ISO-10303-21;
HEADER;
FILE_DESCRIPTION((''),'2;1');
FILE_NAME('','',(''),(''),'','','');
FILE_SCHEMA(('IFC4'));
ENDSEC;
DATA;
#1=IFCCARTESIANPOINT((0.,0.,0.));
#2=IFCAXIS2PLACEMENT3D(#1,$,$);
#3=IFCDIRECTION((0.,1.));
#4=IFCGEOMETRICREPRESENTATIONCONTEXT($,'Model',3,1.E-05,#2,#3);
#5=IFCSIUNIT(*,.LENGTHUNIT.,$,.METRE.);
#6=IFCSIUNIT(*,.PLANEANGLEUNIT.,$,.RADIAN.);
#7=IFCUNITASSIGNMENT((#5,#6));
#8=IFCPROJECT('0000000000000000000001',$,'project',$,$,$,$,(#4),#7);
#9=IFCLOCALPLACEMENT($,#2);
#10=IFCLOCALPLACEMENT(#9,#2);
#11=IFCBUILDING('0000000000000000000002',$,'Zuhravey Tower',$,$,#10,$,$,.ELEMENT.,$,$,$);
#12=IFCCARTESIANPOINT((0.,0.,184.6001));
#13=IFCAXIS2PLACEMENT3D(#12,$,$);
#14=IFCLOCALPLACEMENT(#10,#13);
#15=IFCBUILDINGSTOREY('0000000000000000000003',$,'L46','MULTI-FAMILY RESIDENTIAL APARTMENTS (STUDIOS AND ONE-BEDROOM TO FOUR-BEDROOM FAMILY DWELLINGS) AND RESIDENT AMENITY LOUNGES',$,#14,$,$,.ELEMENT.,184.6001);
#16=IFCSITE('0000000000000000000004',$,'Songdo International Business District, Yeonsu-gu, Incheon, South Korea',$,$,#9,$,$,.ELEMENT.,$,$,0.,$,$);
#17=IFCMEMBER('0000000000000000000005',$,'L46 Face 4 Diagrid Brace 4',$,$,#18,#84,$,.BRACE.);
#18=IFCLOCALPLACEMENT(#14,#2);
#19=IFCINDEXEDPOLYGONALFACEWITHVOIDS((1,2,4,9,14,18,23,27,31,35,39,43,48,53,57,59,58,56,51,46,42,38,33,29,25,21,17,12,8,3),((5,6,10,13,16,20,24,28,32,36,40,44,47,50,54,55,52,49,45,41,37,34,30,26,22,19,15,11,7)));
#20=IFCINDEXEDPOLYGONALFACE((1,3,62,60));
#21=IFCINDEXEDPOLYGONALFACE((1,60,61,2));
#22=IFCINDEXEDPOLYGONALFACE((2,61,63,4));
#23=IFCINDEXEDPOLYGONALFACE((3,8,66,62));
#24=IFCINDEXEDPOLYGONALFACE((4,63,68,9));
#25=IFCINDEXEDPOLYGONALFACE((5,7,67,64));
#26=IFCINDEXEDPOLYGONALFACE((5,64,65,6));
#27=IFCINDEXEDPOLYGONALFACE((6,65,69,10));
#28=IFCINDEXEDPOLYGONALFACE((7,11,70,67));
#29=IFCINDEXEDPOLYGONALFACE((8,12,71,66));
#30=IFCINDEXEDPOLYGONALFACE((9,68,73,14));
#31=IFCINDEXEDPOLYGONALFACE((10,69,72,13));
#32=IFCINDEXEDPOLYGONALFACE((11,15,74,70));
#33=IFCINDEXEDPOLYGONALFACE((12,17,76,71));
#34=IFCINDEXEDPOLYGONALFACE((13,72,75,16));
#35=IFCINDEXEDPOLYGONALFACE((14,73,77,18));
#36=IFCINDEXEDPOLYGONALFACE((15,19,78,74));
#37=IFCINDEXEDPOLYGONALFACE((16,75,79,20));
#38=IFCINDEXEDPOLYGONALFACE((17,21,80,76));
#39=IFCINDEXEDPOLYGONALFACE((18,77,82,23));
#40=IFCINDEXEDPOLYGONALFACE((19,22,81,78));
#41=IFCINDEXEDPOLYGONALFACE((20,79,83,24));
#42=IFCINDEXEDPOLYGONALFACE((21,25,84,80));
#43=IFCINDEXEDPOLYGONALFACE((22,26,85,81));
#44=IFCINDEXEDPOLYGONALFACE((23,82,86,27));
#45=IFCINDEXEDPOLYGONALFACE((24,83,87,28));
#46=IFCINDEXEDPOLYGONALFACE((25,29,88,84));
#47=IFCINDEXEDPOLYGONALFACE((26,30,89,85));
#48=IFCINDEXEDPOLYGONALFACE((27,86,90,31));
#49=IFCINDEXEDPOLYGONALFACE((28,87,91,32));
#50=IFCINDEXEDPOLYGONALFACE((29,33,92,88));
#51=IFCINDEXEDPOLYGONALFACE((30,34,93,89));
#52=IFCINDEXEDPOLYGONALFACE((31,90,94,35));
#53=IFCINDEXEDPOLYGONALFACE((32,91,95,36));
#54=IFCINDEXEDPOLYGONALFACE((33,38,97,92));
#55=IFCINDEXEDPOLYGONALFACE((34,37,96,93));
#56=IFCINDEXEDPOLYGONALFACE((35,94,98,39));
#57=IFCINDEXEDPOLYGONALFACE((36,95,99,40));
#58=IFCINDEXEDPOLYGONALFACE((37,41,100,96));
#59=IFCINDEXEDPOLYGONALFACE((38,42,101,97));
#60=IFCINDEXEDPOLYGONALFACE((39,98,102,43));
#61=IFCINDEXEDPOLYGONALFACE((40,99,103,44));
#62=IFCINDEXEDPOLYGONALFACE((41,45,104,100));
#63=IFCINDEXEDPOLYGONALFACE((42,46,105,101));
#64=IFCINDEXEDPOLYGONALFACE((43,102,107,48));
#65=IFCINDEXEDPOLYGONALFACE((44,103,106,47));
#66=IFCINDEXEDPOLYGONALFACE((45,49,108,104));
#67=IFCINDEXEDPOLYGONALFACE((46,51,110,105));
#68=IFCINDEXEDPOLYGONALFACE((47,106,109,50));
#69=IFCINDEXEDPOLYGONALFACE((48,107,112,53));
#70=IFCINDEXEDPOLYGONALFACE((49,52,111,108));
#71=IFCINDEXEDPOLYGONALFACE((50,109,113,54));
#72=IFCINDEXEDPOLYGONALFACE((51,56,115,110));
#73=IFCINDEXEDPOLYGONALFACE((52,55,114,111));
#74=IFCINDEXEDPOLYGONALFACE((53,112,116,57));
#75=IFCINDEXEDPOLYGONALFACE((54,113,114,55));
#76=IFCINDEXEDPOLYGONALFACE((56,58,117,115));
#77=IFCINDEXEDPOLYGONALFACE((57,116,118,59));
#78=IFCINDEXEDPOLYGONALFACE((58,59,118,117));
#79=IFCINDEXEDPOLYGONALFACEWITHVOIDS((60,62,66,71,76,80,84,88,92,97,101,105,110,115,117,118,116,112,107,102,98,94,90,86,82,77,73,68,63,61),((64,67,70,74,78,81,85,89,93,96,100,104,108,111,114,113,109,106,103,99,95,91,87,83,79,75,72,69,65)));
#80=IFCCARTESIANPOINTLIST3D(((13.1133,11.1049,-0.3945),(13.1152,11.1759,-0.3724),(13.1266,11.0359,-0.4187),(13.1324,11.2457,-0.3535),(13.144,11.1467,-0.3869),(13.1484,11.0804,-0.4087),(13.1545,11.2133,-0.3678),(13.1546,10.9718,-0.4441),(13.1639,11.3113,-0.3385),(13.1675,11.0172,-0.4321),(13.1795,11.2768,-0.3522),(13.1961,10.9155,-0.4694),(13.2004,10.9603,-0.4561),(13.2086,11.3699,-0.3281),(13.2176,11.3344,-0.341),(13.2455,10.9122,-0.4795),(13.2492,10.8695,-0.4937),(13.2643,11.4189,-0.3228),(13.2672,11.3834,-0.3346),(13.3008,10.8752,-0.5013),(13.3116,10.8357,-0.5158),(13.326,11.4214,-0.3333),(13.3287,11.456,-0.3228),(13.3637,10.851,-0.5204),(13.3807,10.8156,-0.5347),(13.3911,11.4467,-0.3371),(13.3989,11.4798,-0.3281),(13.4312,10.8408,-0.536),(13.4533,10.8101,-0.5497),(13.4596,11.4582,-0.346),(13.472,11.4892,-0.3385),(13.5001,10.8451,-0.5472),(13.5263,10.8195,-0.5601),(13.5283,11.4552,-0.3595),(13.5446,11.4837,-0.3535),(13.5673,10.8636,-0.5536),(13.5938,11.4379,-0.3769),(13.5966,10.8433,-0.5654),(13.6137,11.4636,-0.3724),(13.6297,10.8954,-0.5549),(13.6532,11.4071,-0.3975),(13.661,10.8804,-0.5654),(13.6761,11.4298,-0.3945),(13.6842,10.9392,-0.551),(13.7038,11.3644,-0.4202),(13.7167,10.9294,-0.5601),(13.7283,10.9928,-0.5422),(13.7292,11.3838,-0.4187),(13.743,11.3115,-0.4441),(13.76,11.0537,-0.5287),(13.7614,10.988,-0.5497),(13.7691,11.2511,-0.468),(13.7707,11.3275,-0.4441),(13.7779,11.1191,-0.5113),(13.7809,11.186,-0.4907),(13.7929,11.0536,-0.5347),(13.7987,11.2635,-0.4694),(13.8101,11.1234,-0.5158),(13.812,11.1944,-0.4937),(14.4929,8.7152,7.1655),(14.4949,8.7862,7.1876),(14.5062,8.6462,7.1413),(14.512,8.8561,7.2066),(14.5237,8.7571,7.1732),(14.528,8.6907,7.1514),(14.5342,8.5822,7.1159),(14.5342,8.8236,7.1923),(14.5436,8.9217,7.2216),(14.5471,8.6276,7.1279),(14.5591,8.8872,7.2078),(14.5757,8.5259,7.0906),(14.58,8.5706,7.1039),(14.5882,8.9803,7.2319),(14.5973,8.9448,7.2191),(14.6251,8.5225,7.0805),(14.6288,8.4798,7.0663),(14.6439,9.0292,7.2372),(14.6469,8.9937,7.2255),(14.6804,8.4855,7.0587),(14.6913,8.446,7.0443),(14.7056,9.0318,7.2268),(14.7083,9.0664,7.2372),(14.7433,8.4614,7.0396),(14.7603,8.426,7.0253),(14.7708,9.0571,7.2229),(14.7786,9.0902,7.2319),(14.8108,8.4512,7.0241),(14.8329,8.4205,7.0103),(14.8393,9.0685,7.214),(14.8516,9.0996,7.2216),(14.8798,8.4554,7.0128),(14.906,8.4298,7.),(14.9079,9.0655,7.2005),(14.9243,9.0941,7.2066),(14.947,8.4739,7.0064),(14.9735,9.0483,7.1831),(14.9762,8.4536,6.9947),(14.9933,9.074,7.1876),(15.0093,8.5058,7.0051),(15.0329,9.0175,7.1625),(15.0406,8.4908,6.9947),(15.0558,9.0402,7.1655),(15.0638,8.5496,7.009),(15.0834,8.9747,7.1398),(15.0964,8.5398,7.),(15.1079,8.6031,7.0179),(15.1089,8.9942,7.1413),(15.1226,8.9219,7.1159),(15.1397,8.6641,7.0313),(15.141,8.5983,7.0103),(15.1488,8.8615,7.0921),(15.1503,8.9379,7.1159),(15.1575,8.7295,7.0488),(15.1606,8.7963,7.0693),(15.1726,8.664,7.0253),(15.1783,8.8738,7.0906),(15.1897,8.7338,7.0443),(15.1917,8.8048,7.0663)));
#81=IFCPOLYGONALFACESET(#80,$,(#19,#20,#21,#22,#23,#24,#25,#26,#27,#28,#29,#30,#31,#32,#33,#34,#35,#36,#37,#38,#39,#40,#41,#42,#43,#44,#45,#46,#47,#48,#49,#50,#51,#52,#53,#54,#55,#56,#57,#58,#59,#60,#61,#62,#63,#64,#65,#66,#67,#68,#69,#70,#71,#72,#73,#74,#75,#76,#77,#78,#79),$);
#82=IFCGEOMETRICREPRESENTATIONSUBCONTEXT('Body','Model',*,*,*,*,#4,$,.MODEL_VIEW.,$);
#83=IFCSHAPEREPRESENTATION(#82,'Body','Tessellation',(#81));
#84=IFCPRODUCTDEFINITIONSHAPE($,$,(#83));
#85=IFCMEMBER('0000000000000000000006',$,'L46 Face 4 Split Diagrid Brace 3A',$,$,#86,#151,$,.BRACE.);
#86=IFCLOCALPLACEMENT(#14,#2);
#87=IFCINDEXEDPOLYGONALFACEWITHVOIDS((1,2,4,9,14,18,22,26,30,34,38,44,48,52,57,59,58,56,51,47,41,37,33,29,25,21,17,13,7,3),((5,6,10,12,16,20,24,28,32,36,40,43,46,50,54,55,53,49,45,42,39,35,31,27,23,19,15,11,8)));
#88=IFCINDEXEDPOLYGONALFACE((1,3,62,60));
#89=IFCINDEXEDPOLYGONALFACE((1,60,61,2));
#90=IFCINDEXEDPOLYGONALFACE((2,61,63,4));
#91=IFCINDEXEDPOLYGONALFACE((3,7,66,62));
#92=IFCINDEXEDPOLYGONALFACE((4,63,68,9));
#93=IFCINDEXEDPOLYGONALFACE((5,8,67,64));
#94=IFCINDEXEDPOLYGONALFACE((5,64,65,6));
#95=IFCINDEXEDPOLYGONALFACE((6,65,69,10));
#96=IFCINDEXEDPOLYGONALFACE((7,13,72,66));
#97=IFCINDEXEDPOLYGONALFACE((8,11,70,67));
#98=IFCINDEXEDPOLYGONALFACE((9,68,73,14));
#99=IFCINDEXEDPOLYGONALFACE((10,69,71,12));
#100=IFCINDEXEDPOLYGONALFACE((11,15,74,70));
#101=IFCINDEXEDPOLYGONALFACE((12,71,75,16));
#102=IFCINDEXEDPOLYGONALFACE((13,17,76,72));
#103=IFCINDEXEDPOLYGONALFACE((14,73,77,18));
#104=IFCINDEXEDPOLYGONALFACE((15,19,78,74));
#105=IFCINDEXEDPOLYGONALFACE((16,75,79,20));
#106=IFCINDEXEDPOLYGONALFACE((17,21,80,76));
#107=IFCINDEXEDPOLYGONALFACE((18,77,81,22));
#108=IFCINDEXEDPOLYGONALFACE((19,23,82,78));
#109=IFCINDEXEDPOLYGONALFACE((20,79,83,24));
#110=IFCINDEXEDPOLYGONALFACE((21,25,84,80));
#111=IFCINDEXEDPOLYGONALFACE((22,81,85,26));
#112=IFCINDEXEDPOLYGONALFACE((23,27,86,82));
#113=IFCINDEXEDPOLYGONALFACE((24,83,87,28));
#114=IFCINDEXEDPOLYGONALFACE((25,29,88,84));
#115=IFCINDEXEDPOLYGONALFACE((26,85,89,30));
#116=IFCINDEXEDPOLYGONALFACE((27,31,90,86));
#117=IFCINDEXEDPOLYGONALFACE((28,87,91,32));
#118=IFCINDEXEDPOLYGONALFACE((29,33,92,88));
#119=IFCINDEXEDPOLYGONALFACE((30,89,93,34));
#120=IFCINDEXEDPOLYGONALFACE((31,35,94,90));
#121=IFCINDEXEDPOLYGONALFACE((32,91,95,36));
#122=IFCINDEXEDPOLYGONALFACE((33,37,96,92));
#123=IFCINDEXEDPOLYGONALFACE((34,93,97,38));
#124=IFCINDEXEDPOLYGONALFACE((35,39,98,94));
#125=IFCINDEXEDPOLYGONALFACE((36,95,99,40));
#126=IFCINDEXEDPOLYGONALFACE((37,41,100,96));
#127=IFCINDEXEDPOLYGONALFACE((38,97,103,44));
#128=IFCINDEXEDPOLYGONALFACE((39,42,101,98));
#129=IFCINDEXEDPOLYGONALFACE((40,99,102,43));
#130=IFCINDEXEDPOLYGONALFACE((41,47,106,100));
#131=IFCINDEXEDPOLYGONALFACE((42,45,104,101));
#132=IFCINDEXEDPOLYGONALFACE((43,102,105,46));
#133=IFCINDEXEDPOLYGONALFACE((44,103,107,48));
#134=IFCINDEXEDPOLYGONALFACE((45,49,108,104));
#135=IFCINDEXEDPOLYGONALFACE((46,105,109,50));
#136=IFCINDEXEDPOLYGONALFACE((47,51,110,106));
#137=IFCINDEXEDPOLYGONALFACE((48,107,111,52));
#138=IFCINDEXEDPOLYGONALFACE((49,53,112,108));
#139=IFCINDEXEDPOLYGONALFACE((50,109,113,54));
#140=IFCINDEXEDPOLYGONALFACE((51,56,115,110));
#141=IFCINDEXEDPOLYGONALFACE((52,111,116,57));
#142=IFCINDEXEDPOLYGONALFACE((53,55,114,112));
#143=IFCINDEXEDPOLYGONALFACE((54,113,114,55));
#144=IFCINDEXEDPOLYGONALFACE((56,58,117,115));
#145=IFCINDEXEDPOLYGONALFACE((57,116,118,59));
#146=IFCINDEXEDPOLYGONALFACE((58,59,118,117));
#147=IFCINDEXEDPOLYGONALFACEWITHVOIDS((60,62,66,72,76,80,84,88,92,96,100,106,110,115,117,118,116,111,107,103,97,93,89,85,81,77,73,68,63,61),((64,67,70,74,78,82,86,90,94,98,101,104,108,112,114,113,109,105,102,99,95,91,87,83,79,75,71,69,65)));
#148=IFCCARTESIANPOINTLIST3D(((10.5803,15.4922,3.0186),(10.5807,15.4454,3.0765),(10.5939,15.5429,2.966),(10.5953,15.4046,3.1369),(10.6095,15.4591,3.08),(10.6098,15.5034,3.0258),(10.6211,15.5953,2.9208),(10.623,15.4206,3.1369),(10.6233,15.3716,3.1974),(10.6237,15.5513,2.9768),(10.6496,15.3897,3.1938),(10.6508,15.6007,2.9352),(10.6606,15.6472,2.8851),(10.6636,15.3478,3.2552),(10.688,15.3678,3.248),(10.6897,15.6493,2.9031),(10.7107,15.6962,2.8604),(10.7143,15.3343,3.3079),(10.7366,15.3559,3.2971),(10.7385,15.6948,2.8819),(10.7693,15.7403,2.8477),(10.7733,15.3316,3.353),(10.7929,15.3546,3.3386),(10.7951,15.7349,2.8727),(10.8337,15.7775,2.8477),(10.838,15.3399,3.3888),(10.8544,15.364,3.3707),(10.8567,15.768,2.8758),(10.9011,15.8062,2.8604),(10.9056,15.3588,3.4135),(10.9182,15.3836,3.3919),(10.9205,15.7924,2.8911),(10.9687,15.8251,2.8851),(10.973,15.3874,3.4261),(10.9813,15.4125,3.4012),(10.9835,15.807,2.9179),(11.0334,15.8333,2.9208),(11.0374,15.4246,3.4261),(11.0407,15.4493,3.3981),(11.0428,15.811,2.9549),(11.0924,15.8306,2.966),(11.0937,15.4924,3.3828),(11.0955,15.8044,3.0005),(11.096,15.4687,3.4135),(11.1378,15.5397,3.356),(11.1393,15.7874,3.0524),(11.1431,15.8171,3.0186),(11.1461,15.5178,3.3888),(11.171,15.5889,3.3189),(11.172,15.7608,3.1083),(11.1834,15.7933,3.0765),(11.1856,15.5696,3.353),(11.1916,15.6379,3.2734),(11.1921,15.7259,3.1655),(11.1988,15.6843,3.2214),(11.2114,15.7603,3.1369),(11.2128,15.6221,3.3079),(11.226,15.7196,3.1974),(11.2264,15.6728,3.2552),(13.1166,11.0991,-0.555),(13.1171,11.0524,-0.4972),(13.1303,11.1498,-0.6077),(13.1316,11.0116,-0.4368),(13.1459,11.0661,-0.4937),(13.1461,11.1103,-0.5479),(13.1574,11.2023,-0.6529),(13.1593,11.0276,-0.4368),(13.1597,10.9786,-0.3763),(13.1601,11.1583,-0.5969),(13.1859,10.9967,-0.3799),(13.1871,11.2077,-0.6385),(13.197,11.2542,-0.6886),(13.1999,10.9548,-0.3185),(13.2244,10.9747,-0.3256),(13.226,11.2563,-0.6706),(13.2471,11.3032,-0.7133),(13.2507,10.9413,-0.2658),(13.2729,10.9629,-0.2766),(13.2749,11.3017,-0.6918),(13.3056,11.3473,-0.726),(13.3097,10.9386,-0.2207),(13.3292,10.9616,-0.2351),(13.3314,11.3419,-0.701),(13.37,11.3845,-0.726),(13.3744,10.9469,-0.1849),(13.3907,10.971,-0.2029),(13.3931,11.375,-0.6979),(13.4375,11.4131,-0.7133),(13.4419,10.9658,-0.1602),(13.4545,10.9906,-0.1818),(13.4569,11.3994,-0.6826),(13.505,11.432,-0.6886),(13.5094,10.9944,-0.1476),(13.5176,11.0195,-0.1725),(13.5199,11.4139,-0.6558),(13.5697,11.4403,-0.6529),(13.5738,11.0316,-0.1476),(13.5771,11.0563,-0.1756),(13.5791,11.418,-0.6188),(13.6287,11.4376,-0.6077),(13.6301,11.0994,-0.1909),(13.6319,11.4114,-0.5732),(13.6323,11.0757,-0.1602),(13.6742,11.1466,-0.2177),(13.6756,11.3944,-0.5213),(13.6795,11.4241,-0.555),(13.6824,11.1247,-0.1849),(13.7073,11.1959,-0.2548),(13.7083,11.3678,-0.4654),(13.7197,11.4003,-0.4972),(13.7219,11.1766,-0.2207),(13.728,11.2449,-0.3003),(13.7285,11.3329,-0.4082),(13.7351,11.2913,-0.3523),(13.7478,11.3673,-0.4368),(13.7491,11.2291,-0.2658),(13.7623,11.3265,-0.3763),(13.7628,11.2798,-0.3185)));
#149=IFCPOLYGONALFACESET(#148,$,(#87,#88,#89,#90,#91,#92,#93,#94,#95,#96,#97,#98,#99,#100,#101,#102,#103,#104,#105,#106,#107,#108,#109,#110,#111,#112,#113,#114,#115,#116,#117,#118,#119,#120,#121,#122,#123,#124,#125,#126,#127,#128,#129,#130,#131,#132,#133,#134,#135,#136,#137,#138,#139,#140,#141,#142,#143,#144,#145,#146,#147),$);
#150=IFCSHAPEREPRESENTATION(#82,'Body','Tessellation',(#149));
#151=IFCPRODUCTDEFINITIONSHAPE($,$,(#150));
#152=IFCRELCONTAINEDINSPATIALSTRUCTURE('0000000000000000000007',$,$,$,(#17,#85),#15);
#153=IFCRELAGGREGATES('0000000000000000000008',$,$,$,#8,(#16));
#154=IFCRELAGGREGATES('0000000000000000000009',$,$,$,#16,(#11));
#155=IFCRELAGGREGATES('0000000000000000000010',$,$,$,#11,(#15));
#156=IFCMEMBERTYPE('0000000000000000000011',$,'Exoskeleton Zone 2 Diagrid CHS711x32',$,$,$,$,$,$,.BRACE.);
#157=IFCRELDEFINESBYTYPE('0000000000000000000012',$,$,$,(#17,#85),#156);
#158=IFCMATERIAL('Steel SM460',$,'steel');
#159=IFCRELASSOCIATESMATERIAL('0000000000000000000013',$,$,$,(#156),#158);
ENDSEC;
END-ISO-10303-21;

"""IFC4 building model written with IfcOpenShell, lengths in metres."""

from ifc_helpers import new_model, si_unit, direction, frame, origin, origin_2d, place, context, subcontext, project, spatial, hollow_circle, extrude, material, material_profile, profile_set, type_object, element, save


model = new_model("IFC4")

# Units and contexts
model_context = context("Model", 3, precision=1e-05, world=origin(), true_north=direction((0.0, 1.0)))
body_context = subcontext(model_context, "Body", "Model", "MODEL_VIEW")
ifc_project = project(units=[si_unit("LENGTHUNIT", "METRE"), si_unit("PLANEANGLEUNIT", "RADIAN")], contexts=[model_context])

# Site, building, storey
site_placement = place(None, origin())
site = spatial("IfcSite", under=ifc_project, at=site_placement, Name="Songdo International Business District, Yeonsu-gu, Incheon, South Korea", CompositionType="ELEMENT", RefElevation=0.0)
building_placement = place(site_placement, origin())
building = spatial("IfcBuilding", under=site, at=building_placement, Name="Zuhravey Tower", CompositionType="ELEMENT")
storey_placement = place(building_placement, frame((0.0, 0.0, 184.6001)))
storey = spatial("IfcBuildingStorey", under=building, at=storey_placement, Name="L46", Description="MULTI-FAMILY RESIDENTIAL APARTMENTS (STUDIOS AND ONE-BEDROOM TO FOUR-BEDROOM FAMILY DWELLINGS) AND RESIDENT AMENITY LOUNGES", CompositionType="ELEMENT", Elevation=184.6001)

# Members
ifc_material_1 = material(Name="Steel SM460", Category="steel")
ifc_material_profile_1 = material_profile(ifc_material_1, hollow_circle(Radius=0.3557, WallThickness=0.032, at=origin_2d()), Name="CHS-711.2x32")
ifc_profile_set_1 = profile_set([ifc_material_profile_1], Name="Steel SM460")
member_type_1 = type_object("IfcMemberType", Name="Exoskeleton Zone 2 Diagrid CHS711x32", PredefinedType="BRACE", material=ifc_profile_set_1)
member_1_placement = place(storey_placement, frame((13.4626, 11.1497, -0.4441), z_axis=(0.171429, -0.296929, 0.939386), x_axis=(0.866029, 0.499993, 0.0)))
element("IfcMember", 1, at=member_1_placement, inside=storey, type_object=member_type_1, Name="L46 Face 4 Diagrid Brace 4", PredefinedType="BRACE", context=body_context, shape_type="SweptSolid", body=[
    extrude(hollow_circle(Radius=0.3557, WallThickness=0.032, at=origin_2d()), origin(), (0.0, 0.0, 1.0), 8.0479),
])
member_2_placement = place(storey_placement, frame((13.4397, 11.1895, -0.4368), z_axis=(-0.408754, 0.707972, 0.57593), x_axis=(-0.866022, -0.500006, 0.0)))
element("IfcMember", 2, at=member_2_placement, inside=storey, type_object=member_type_1, Name="L46 Face 4 Split Diagrid Brace 3A", PredefinedType="BRACE", context=body_context, shape_type="SweptSolid", body=[
    extrude(hollow_circle(Radius=0.3557, WallThickness=0.032, at=origin_2d()), origin(), (0.0, 0.0, 1.0), 6.2051),
])

save(model, "model.ifc")
